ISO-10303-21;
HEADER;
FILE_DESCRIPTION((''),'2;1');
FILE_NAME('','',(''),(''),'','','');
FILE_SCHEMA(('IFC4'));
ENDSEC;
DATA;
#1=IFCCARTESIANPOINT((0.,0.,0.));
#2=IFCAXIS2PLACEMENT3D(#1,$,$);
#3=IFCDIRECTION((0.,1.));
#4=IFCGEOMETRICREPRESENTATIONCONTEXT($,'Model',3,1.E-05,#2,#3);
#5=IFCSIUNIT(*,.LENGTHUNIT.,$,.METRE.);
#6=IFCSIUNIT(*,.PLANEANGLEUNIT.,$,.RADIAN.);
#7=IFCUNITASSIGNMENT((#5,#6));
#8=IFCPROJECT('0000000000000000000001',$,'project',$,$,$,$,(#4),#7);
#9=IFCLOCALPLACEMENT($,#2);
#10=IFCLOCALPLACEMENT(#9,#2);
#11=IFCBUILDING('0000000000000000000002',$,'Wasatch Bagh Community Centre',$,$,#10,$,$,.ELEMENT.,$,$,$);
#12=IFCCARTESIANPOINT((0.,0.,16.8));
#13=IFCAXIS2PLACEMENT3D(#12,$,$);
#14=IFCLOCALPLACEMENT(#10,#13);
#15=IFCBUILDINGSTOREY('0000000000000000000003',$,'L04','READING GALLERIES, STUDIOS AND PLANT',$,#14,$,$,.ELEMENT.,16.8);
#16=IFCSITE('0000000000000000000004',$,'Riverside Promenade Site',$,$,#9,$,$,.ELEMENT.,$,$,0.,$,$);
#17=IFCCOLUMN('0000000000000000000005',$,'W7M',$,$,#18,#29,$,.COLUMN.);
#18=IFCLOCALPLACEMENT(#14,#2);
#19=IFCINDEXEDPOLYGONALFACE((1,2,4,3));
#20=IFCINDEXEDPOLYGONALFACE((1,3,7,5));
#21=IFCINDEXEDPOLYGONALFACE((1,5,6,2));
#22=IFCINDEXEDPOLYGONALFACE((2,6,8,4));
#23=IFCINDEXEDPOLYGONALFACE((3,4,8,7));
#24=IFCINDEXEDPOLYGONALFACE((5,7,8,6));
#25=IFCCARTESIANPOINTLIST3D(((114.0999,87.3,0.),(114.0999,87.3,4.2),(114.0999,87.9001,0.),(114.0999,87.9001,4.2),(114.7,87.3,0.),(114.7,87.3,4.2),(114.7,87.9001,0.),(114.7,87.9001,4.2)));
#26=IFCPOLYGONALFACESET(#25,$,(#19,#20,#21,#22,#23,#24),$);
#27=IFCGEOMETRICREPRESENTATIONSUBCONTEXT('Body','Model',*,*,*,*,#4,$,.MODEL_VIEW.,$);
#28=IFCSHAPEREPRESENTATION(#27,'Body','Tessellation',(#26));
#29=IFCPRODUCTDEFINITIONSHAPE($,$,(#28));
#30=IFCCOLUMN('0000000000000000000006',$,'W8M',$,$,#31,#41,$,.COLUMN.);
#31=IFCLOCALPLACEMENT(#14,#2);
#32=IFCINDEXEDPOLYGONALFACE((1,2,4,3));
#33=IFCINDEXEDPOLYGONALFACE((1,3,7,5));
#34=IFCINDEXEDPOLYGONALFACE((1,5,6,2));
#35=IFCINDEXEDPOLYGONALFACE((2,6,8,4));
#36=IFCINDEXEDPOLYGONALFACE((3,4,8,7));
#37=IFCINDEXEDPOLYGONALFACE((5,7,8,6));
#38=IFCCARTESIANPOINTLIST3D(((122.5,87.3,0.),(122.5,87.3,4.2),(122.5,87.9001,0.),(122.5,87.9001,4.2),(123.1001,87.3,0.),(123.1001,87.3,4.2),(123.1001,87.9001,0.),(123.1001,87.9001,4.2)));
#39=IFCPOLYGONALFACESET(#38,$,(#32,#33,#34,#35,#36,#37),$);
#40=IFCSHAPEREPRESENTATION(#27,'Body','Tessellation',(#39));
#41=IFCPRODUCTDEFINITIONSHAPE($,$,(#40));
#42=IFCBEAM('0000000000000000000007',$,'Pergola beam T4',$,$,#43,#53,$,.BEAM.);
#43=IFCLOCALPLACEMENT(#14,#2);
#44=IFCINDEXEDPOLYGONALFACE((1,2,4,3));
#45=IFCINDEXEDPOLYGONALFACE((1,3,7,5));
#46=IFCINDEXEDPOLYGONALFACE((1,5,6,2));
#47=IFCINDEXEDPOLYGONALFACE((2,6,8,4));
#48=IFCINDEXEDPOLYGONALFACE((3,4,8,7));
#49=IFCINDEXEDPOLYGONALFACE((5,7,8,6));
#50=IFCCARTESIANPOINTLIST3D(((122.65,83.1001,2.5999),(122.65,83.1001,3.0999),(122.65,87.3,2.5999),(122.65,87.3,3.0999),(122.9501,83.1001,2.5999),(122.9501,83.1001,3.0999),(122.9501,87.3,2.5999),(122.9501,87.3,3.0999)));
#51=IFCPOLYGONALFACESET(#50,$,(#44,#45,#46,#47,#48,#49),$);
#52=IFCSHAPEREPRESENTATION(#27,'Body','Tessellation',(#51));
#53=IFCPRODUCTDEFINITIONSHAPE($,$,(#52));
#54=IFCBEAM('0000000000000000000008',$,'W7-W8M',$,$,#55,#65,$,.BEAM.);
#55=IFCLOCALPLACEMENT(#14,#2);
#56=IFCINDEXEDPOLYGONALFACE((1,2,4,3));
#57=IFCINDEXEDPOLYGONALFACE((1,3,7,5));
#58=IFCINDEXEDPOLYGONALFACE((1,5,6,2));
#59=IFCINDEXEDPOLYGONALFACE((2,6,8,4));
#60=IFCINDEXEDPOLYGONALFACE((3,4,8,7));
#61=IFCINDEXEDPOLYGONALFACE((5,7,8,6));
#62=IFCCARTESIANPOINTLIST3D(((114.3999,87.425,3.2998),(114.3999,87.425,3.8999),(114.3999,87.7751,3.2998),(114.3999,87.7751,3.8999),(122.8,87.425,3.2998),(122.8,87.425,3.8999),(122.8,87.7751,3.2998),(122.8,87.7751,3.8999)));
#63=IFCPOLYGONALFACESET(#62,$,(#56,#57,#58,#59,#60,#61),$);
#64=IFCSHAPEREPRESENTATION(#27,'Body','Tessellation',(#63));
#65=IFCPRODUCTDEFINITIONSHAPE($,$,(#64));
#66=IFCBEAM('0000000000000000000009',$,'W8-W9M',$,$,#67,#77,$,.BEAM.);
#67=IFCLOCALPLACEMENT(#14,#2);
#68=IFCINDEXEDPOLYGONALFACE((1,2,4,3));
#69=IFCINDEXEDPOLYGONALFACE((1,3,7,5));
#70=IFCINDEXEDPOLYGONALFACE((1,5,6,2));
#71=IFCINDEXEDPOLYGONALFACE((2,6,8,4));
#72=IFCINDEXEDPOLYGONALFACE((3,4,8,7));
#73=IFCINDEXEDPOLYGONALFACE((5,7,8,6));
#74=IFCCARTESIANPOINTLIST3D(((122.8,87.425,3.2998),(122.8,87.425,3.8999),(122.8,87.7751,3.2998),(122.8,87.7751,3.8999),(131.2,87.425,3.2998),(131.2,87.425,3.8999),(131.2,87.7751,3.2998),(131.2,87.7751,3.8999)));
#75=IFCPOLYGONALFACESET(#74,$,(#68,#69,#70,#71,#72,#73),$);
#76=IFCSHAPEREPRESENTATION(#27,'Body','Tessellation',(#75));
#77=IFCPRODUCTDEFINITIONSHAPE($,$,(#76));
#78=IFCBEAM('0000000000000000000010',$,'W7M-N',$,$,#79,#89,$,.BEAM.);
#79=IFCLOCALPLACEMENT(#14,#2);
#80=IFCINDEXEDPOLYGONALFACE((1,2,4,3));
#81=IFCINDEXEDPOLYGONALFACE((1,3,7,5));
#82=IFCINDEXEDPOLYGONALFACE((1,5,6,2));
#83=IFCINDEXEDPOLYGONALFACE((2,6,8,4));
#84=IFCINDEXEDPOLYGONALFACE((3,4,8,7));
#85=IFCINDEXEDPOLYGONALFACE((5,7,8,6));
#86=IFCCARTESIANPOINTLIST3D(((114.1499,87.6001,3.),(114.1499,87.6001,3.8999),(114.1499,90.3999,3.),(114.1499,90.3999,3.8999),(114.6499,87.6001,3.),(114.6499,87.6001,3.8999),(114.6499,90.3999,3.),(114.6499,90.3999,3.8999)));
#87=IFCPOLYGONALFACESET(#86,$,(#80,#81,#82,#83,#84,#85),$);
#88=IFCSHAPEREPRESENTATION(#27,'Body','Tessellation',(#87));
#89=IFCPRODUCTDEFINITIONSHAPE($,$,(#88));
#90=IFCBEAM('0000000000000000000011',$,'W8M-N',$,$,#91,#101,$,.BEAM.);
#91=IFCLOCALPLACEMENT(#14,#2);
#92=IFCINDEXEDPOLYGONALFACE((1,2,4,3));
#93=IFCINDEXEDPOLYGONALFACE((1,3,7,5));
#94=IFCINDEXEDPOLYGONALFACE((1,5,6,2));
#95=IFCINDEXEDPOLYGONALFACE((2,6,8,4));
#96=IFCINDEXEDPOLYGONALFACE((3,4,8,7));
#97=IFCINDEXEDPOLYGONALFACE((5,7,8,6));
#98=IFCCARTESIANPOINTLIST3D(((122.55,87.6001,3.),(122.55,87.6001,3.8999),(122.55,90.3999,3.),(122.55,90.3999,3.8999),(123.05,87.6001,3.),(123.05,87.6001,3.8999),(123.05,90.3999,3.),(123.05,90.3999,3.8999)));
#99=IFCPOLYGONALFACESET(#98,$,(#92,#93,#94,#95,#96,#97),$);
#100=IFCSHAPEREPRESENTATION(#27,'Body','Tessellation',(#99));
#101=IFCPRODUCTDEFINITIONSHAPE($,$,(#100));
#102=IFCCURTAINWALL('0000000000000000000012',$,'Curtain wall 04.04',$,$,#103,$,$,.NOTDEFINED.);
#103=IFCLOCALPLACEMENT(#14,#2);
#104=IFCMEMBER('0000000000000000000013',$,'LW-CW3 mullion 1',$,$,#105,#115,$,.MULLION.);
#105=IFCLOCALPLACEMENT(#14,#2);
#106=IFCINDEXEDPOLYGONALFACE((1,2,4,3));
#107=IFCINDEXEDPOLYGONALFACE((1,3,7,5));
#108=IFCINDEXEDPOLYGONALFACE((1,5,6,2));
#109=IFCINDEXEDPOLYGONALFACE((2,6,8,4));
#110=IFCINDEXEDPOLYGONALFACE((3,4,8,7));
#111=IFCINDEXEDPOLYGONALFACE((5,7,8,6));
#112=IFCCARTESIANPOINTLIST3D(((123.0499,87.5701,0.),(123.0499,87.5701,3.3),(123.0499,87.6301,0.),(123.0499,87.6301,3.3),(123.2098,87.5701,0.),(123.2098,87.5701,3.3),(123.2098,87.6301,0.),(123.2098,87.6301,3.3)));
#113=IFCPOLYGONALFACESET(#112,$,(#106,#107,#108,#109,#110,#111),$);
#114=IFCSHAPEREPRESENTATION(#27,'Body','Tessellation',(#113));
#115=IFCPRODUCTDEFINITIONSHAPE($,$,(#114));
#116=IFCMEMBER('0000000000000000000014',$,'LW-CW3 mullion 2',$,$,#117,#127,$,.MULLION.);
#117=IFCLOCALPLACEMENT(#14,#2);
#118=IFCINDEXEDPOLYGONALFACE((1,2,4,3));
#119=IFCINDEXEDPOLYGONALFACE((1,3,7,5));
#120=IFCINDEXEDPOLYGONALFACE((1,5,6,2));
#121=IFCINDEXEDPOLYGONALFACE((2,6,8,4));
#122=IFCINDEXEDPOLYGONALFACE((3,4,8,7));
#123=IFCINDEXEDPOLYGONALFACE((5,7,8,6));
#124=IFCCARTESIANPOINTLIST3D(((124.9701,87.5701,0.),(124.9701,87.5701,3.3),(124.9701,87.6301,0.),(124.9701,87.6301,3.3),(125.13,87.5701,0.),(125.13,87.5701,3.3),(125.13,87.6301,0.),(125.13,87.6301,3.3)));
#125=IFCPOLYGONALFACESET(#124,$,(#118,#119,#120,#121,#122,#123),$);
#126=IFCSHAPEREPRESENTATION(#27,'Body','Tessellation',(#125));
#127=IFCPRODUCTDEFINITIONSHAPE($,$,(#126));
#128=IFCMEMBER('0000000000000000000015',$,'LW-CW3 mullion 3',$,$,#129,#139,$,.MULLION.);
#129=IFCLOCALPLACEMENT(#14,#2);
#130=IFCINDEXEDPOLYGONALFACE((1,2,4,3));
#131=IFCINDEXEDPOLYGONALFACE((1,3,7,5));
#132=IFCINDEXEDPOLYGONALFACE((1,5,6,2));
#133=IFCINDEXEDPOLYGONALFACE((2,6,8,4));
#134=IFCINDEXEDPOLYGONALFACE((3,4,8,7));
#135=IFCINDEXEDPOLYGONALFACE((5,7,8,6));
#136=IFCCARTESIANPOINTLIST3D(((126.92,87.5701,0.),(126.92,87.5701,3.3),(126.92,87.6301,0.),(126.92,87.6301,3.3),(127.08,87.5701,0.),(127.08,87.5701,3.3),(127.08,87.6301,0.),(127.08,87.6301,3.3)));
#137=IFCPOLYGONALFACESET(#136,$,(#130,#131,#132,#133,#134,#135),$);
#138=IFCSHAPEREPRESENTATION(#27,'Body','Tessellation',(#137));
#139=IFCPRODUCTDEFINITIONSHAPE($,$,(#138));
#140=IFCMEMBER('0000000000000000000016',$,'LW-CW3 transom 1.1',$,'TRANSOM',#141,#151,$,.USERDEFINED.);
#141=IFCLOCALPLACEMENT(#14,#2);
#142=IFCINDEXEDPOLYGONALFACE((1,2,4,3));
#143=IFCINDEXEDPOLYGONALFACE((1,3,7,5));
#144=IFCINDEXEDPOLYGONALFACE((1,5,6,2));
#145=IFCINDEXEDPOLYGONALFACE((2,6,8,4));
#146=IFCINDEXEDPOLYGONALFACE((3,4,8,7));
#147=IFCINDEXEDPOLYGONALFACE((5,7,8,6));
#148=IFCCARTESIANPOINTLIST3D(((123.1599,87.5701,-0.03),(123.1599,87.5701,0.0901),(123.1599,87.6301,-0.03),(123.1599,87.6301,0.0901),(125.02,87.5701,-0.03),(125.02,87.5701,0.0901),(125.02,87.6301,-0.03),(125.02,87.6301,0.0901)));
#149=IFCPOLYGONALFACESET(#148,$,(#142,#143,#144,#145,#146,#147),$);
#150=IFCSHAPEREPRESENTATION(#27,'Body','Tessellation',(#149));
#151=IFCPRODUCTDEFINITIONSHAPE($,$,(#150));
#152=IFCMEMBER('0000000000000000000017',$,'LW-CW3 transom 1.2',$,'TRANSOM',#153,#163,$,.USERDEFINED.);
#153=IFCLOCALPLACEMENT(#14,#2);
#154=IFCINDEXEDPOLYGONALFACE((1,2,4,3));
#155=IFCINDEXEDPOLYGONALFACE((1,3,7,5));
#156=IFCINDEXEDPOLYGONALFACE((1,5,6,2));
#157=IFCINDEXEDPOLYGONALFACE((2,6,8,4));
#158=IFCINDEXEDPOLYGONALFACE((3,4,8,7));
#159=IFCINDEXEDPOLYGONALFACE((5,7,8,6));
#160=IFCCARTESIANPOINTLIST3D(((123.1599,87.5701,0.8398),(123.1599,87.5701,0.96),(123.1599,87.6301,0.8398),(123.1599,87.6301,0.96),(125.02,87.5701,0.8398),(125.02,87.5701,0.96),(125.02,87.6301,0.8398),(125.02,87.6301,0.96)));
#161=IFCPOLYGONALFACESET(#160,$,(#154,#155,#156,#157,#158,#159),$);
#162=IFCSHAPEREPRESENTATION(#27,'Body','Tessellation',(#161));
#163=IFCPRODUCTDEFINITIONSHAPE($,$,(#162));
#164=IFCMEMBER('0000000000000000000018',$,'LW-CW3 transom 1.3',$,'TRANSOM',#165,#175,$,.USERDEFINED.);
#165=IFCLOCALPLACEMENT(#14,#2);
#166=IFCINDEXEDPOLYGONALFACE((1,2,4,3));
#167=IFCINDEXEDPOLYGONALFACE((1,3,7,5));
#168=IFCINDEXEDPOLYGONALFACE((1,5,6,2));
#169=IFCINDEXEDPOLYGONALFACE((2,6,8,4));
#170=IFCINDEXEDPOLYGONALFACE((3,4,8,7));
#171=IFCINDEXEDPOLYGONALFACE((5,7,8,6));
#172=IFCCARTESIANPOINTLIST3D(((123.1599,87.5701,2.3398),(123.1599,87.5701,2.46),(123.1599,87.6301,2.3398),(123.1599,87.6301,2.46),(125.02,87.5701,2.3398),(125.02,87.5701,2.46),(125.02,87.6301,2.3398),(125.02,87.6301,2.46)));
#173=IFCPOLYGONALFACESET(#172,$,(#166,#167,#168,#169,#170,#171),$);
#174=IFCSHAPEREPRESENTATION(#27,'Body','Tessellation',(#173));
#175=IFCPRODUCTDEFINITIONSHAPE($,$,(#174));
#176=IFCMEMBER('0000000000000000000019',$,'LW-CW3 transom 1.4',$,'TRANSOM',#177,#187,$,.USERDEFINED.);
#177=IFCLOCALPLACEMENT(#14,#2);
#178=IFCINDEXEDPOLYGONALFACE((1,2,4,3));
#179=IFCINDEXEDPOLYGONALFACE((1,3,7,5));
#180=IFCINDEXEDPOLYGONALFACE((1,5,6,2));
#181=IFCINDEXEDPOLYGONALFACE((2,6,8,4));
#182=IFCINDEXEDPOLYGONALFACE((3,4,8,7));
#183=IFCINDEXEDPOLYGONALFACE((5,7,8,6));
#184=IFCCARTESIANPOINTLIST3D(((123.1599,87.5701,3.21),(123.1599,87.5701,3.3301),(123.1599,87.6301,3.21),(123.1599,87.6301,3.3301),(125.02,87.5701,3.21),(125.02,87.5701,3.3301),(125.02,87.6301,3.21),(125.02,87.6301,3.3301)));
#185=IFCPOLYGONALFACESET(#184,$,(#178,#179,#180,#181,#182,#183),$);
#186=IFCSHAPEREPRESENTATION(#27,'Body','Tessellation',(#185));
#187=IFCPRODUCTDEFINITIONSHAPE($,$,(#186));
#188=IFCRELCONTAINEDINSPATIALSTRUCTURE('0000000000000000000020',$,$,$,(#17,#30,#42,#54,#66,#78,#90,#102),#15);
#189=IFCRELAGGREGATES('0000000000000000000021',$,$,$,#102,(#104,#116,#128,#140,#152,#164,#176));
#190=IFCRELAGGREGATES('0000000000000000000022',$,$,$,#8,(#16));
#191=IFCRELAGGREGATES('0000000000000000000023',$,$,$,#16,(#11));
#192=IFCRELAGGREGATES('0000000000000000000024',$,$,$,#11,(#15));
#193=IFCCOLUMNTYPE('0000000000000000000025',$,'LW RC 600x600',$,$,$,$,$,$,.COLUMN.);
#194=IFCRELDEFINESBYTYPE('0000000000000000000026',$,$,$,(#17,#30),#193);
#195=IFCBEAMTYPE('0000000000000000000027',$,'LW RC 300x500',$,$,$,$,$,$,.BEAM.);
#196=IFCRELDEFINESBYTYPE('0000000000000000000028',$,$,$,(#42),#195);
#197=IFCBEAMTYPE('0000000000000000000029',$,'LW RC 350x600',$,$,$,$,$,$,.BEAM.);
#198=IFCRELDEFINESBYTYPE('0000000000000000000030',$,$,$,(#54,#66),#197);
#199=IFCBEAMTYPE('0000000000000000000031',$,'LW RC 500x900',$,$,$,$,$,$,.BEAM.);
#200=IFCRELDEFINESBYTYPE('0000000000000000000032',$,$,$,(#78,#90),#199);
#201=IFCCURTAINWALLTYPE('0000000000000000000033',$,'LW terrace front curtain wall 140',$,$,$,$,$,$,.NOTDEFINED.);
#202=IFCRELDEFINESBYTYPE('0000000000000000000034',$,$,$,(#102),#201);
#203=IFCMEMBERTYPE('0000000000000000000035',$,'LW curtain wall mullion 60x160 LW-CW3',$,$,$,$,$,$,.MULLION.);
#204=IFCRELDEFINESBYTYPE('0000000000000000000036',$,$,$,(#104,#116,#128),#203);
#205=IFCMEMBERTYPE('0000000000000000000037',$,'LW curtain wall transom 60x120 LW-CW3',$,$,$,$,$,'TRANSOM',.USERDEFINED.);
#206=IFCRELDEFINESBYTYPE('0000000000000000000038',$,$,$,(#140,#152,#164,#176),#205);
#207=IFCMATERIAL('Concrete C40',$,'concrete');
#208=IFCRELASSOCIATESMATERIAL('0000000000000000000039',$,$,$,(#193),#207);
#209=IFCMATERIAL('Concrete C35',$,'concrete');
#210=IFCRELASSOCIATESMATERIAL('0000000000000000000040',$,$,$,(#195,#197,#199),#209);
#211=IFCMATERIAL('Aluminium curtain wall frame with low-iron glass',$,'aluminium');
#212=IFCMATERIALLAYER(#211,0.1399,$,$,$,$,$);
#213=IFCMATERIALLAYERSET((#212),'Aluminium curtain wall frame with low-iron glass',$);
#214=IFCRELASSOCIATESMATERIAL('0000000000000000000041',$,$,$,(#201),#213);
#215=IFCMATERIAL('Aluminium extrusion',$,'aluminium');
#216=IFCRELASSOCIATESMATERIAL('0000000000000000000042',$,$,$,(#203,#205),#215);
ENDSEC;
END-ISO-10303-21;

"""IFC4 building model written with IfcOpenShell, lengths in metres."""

from ifc_helpers import new_model, si_unit, direction, frame, origin, origin_2d, place, context, subcontext, project, spatial, rectangle, extrude, material, layer, layer_set, material_profile, profile_set, type_object, element, aggregate, save


model = new_model("IFC4")

# Units and contexts
model_context = context("Model", 3, precision=1e-05, world=origin(), true_north=direction((0.0, 1.0)))
body_context = subcontext(model_context, "Body", "Model", "MODEL_VIEW")
ifc_project = project(units=[si_unit("LENGTHUNIT", "METRE"), si_unit("PLANEANGLEUNIT", "RADIAN")], contexts=[model_context])

# Site, building, storey
site_placement = place(None, origin())
site = spatial("IfcSite", under=ifc_project, at=site_placement, Name="Riverside Promenade Site", CompositionType="ELEMENT", RefElevation=0.0)
building_placement = place(site_placement, origin())
building = spatial("IfcBuilding", under=site, at=building_placement, Name="Wasatch Bagh Community Centre", CompositionType="ELEMENT")
storey_placement = place(building_placement, frame((0.0, 0.0, 16.8)))
storey = spatial("IfcBuildingStorey", under=building, at=storey_placement, Name="L04", Description="READING GALLERIES, STUDIOS AND PLANT", CompositionType="ELEMENT", Elevation=16.8)

# Columns
ifc_material_1 = material(Name="Concrete C40", Category="concrete")
ifc_material_profile_1 = material_profile(ifc_material_1, rectangle(XDim=0.6001, YDim=0.6001, at=origin_2d()), Name="RC 600x600")
ifc_profile_set_1 = profile_set([ifc_material_profile_1], Name="Concrete C40")
column_type = type_object("IfcColumnType", Name="LW RC 600x600", PredefinedType="COLUMN", material=ifc_profile_set_1)
for number, where, z_axis, x_axis, name in (
    (1, (114.3999, 87.6001, 0.0), (0.0, 0.0, 1.0), (1.0, 0.0, 0.0), "W7M"),
    (2, (122.8, 87.6001, 0.0), (0.0, 0.0, 1.0), (1.0, 0.0, 0.0), "W8M"),
):
    element("IfcColumn", number, at=place(storey_placement, frame(where, z_axis=z_axis, x_axis=x_axis)), inside=storey, type_object=column_type, Name=name, PredefinedType="COLUMN", context=body_context, shape_type="SweptSolid", body=[
        extrude(rectangle(XDim=0.6001, YDim=0.6001, at=origin_2d()), origin(), (0.0, 0.0, 1.0), 4.2),
    ])

# Beams
ifc_material_2 = material(Name="Concrete C35", Category="concrete")
ifc_material_profile_2 = material_profile(ifc_material_2, rectangle(XDim=0.3, YDim=0.5, at=origin_2d()), Name="RC 300x500")
ifc_profile_set_2 = profile_set([ifc_material_profile_2], Name="Concrete C35")
beam_type_1 = type_object("IfcBeamType", Name="LW RC 300x500", PredefinedType="BEAM", material=ifc_profile_set_2)
beam_1_placement = place(storey_placement, frame((122.8, 87.3, 2.8499), z_axis=(0.0, -1.0, 0.0), x_axis=(1.0, 0.0, 0.0)))
element("IfcBeam", 3, at=beam_1_placement, inside=storey, type_object=beam_type_1, Name="Pergola beam T4", PredefinedType="BEAM", context=body_context, shape_type="SweptSolid", body=[
    extrude(rectangle(XDim=0.3, YDim=0.5, at=origin_2d()), origin(), (0.0, 0.0, 1.0), 4.2),
])
ifc_material_profile_3 = material_profile(ifc_material_2, rectangle(XDim=0.3501, YDim=0.6001, at=origin_2d()), Name="RC 350x600")
ifc_profile_set_3 = profile_set([ifc_material_profile_3], Name="Concrete C35")
beam_type_2 = type_object("IfcBeamType", Name="LW RC 350x600", PredefinedType="BEAM", material=ifc_profile_set_3)
beam_2_placement = place(storey_placement, frame((114.3999, 87.6001, 3.5999), z_axis=(1.0, 0.0, 0.0), x_axis=(0.0, 1.0, 0.0)))
element("IfcBeam", 4, at=beam_2_placement, inside=storey, type_object=beam_type_2, Name="W7-W8M", PredefinedType="BEAM", context=body_context, shape_type="SweptSolid", body=[
    extrude(rectangle(XDim=0.3501, YDim=0.6001, at=origin_2d()), origin(), (0.0, 0.0, 1.0), 8.4001),
])
beam_3_placement = place(storey_placement, frame((122.8, 87.6001, 3.5999), z_axis=(1.0, 0.0, 0.0), x_axis=(0.0, 1.0, 0.0)))
element("IfcBeam", 5, at=beam_3_placement, inside=storey, type_object=beam_type_2, Name="W8-W9M", PredefinedType="BEAM", context=body_context, shape_type="SweptSolid", body=[
    extrude(rectangle(XDim=0.3501, YDim=0.6001, at=origin_2d()), origin(), (0.0, 0.0, 1.0), 8.3999),
])
ifc_material_profile_4 = material_profile(ifc_material_2, rectangle(XDim=0.5, YDim=0.8999, at=origin_2d()), Name="RC 500x900")
ifc_profile_set_4 = profile_set([ifc_material_profile_4], Name="Concrete C35")
beam_type_3 = type_object("IfcBeamType", Name="LW RC 500x900", PredefinedType="BEAM", material=ifc_profile_set_4)
for number, where, z_axis, x_axis, name in (
    (6, (114.3999, 87.6001, 3.45), (0.0, 1.0, 0.0), (-1.0, 0.0, 0.0), "W7M-N"),
    (7, (122.8, 87.6001, 3.45), (0.0, 1.0, 0.0), (-1.0, 0.0, 0.0), "W8M-N"),
):
    element("IfcBeam", number, at=place(storey_placement, frame(where, z_axis=z_axis, x_axis=x_axis)), inside=storey, type_object=beam_type_3, Name=name, PredefinedType="BEAM", context=body_context, shape_type="SweptSolid", body=[
        extrude(rectangle(XDim=0.5, YDim=0.8999, at=origin_2d()), origin(), (0.0, 0.0, 1.0), 2.7998),
    ])

# Curtain wall, members
ifc_material_3 = material(Name="Aluminium curtain wall frame with low-iron glass", Category="aluminium")
ifc_layer_1 = layer(ifc_material_3, 0.1399)
ifc_layer_set_1 = layer_set([ifc_layer_1], Name="Aluminium curtain wall frame with low-iron glass")
curtain_wall_type = type_object("IfcCurtainWallType", Name="LW terrace front curtain wall 140", PredefinedType="NOTDEFINED", material=ifc_layer_set_1)
curtain_wall_placement = place(storey_placement, origin())
curtain_wall = element("IfcCurtainWall", 8, at=curtain_wall_placement, inside=storey, type_object=curtain_wall_type, Name="Curtain wall 04.04", PredefinedType="NOTDEFINED")
ifc_material_4 = material(Name="Aluminium extrusion", Category="aluminium")
ifc_material_profile_5 = material_profile(ifc_material_4, rectangle(XDim=0.0601, YDim=0.1599, at=origin_2d()), Name="AL 60x160")
ifc_profile_set_5 = profile_set([ifc_material_profile_5], Name="Aluminium extrusion")
member_type_1 = type_object("IfcMemberType", Name="LW curtain wall mullion 60x160 LW-CW3", PredefinedType="MULLION", material=ifc_profile_set_5)
member_1_placement = place(storey_placement, frame((123.1299, 87.6001, 0.0), z_axis=(0.0, 0.0, 1.0), x_axis=(0.0, 1.0, 0.0)))
member_1 = element("IfcMember", 9, at=member_1_placement, type_object=member_type_1, Name="LW-CW3 mullion 1", PredefinedType="MULLION", context=body_context, shape_type="SweptSolid", body=[
    extrude(rectangle(XDim=0.0601, YDim=0.1599, at=origin_2d()), origin(), (0.0, 0.0, 1.0), 3.3),
])
member_2_placement = place(storey_placement, frame((125.05, 87.6001, 0.0), z_axis=(0.0, 0.0, 1.0), x_axis=(0.0, 1.0, 0.0)))
member_2 = element("IfcMember", 10, at=member_2_placement, type_object=member_type_1, Name="LW-CW3 mullion 2", PredefinedType="MULLION", context=body_context, shape_type="SweptSolid", body=[
    extrude(rectangle(XDim=0.0601, YDim=0.1599, at=origin_2d()), origin(), (0.0, 0.0, 1.0), 3.3),
])
member_3_placement = place(storey_placement, frame((127.0, 87.6001, 0.0), z_axis=(0.0, 0.0, 1.0), x_axis=(0.0, 1.0, 0.0)))
member_3 = element("IfcMember", 11, at=member_3_placement, type_object=member_type_1, Name="LW-CW3 mullion 3", PredefinedType="MULLION", context=body_context, shape_type="SweptSolid", body=[
    extrude(rectangle(XDim=0.0601, YDim=0.1599, at=origin_2d()), origin(), (0.0, 0.0, 1.0), 3.3),
])
ifc_material_profile_6 = material_profile(ifc_material_4, rectangle(XDim=0.0601, YDim=0.1201, at=origin_2d()), Name="AL 60x120")
ifc_profile_set_6 = profile_set([ifc_material_profile_6], Name="Aluminium extrusion")
member_type_2 = type_object("IfcMemberType", Name="LW curtain wall transom 60x120 LW-CW3", ElementType="TRANSOM", PredefinedType="USERDEFINED", material=ifc_profile_set_6)
member_4_placement = place(storey_placement, frame((123.1599, 87.6001, 0.03), z_axis=(1.0, 0.0, 0.0), x_axis=(0.0, 1.0, 0.0)))
member_4 = element("IfcMember", 12, at=member_4_placement, type_object=member_type_2, Name="LW-CW3 transom 1.1", ObjectType="TRANSOM", PredefinedType="USERDEFINED", context=body_context, shape_type="SweptSolid", body=[
    extrude(rectangle(XDim=0.0601, YDim=0.1201, at=origin_2d()), origin(), (0.0, 0.0, 1.0), 1.8601),
])
member_5_placement = place(storey_placement, frame((123.1599, 87.6001, 0.8999), z_axis=(1.0, 0.0, 0.0), x_axis=(0.0, 1.0, 0.0)))
member_5 = element("IfcMember", 13, at=member_5_placement, type_object=member_type_2, Name="LW-CW3 transom 1.2", ObjectType="TRANSOM", PredefinedType="USERDEFINED", context=body_context, shape_type="SweptSolid", body=[
    extrude(rectangle(XDim=0.0601, YDim=0.1201, at=origin_2d()), origin(), (0.0, 0.0, 1.0), 1.8601),
])
member_6_placement = place(storey_placement, frame((123.1599, 87.6001, 2.3999), z_axis=(1.0, 0.0, 0.0), x_axis=(0.0, 1.0, 0.0)))
member_6 = element("IfcMember", 14, at=member_6_placement, type_object=member_type_2, Name="LW-CW3 transom 1.3", ObjectType="TRANSOM", PredefinedType="USERDEFINED", context=body_context, shape_type="SweptSolid", body=[
    extrude(rectangle(XDim=0.0601, YDim=0.1201, at=origin_2d()), origin(), (0.0, 0.0, 1.0), 1.8601),
])
member_7_placement = place(storey_placement, frame((123.1599, 87.6001, 3.27), z_axis=(1.0, 0.0, 0.0), x_axis=(0.0, 1.0, 0.0)))
member_7 = element("IfcMember", 15, at=member_7_placement, type_object=member_type_2, Name="LW-CW3 transom 1.4", ObjectType="TRANSOM", PredefinedType="USERDEFINED", context=body_context, shape_type="SweptSolid", body=[
    extrude(rectangle(XDim=0.0601, YDim=0.1201, at=origin_2d()), origin(), (0.0, 0.0, 1.0), 1.8601),
])
aggregate(curtain_wall, [member_1, member_2, member_3, member_4, member_5, member_6, member_7])

save(model, "model.ifc")
